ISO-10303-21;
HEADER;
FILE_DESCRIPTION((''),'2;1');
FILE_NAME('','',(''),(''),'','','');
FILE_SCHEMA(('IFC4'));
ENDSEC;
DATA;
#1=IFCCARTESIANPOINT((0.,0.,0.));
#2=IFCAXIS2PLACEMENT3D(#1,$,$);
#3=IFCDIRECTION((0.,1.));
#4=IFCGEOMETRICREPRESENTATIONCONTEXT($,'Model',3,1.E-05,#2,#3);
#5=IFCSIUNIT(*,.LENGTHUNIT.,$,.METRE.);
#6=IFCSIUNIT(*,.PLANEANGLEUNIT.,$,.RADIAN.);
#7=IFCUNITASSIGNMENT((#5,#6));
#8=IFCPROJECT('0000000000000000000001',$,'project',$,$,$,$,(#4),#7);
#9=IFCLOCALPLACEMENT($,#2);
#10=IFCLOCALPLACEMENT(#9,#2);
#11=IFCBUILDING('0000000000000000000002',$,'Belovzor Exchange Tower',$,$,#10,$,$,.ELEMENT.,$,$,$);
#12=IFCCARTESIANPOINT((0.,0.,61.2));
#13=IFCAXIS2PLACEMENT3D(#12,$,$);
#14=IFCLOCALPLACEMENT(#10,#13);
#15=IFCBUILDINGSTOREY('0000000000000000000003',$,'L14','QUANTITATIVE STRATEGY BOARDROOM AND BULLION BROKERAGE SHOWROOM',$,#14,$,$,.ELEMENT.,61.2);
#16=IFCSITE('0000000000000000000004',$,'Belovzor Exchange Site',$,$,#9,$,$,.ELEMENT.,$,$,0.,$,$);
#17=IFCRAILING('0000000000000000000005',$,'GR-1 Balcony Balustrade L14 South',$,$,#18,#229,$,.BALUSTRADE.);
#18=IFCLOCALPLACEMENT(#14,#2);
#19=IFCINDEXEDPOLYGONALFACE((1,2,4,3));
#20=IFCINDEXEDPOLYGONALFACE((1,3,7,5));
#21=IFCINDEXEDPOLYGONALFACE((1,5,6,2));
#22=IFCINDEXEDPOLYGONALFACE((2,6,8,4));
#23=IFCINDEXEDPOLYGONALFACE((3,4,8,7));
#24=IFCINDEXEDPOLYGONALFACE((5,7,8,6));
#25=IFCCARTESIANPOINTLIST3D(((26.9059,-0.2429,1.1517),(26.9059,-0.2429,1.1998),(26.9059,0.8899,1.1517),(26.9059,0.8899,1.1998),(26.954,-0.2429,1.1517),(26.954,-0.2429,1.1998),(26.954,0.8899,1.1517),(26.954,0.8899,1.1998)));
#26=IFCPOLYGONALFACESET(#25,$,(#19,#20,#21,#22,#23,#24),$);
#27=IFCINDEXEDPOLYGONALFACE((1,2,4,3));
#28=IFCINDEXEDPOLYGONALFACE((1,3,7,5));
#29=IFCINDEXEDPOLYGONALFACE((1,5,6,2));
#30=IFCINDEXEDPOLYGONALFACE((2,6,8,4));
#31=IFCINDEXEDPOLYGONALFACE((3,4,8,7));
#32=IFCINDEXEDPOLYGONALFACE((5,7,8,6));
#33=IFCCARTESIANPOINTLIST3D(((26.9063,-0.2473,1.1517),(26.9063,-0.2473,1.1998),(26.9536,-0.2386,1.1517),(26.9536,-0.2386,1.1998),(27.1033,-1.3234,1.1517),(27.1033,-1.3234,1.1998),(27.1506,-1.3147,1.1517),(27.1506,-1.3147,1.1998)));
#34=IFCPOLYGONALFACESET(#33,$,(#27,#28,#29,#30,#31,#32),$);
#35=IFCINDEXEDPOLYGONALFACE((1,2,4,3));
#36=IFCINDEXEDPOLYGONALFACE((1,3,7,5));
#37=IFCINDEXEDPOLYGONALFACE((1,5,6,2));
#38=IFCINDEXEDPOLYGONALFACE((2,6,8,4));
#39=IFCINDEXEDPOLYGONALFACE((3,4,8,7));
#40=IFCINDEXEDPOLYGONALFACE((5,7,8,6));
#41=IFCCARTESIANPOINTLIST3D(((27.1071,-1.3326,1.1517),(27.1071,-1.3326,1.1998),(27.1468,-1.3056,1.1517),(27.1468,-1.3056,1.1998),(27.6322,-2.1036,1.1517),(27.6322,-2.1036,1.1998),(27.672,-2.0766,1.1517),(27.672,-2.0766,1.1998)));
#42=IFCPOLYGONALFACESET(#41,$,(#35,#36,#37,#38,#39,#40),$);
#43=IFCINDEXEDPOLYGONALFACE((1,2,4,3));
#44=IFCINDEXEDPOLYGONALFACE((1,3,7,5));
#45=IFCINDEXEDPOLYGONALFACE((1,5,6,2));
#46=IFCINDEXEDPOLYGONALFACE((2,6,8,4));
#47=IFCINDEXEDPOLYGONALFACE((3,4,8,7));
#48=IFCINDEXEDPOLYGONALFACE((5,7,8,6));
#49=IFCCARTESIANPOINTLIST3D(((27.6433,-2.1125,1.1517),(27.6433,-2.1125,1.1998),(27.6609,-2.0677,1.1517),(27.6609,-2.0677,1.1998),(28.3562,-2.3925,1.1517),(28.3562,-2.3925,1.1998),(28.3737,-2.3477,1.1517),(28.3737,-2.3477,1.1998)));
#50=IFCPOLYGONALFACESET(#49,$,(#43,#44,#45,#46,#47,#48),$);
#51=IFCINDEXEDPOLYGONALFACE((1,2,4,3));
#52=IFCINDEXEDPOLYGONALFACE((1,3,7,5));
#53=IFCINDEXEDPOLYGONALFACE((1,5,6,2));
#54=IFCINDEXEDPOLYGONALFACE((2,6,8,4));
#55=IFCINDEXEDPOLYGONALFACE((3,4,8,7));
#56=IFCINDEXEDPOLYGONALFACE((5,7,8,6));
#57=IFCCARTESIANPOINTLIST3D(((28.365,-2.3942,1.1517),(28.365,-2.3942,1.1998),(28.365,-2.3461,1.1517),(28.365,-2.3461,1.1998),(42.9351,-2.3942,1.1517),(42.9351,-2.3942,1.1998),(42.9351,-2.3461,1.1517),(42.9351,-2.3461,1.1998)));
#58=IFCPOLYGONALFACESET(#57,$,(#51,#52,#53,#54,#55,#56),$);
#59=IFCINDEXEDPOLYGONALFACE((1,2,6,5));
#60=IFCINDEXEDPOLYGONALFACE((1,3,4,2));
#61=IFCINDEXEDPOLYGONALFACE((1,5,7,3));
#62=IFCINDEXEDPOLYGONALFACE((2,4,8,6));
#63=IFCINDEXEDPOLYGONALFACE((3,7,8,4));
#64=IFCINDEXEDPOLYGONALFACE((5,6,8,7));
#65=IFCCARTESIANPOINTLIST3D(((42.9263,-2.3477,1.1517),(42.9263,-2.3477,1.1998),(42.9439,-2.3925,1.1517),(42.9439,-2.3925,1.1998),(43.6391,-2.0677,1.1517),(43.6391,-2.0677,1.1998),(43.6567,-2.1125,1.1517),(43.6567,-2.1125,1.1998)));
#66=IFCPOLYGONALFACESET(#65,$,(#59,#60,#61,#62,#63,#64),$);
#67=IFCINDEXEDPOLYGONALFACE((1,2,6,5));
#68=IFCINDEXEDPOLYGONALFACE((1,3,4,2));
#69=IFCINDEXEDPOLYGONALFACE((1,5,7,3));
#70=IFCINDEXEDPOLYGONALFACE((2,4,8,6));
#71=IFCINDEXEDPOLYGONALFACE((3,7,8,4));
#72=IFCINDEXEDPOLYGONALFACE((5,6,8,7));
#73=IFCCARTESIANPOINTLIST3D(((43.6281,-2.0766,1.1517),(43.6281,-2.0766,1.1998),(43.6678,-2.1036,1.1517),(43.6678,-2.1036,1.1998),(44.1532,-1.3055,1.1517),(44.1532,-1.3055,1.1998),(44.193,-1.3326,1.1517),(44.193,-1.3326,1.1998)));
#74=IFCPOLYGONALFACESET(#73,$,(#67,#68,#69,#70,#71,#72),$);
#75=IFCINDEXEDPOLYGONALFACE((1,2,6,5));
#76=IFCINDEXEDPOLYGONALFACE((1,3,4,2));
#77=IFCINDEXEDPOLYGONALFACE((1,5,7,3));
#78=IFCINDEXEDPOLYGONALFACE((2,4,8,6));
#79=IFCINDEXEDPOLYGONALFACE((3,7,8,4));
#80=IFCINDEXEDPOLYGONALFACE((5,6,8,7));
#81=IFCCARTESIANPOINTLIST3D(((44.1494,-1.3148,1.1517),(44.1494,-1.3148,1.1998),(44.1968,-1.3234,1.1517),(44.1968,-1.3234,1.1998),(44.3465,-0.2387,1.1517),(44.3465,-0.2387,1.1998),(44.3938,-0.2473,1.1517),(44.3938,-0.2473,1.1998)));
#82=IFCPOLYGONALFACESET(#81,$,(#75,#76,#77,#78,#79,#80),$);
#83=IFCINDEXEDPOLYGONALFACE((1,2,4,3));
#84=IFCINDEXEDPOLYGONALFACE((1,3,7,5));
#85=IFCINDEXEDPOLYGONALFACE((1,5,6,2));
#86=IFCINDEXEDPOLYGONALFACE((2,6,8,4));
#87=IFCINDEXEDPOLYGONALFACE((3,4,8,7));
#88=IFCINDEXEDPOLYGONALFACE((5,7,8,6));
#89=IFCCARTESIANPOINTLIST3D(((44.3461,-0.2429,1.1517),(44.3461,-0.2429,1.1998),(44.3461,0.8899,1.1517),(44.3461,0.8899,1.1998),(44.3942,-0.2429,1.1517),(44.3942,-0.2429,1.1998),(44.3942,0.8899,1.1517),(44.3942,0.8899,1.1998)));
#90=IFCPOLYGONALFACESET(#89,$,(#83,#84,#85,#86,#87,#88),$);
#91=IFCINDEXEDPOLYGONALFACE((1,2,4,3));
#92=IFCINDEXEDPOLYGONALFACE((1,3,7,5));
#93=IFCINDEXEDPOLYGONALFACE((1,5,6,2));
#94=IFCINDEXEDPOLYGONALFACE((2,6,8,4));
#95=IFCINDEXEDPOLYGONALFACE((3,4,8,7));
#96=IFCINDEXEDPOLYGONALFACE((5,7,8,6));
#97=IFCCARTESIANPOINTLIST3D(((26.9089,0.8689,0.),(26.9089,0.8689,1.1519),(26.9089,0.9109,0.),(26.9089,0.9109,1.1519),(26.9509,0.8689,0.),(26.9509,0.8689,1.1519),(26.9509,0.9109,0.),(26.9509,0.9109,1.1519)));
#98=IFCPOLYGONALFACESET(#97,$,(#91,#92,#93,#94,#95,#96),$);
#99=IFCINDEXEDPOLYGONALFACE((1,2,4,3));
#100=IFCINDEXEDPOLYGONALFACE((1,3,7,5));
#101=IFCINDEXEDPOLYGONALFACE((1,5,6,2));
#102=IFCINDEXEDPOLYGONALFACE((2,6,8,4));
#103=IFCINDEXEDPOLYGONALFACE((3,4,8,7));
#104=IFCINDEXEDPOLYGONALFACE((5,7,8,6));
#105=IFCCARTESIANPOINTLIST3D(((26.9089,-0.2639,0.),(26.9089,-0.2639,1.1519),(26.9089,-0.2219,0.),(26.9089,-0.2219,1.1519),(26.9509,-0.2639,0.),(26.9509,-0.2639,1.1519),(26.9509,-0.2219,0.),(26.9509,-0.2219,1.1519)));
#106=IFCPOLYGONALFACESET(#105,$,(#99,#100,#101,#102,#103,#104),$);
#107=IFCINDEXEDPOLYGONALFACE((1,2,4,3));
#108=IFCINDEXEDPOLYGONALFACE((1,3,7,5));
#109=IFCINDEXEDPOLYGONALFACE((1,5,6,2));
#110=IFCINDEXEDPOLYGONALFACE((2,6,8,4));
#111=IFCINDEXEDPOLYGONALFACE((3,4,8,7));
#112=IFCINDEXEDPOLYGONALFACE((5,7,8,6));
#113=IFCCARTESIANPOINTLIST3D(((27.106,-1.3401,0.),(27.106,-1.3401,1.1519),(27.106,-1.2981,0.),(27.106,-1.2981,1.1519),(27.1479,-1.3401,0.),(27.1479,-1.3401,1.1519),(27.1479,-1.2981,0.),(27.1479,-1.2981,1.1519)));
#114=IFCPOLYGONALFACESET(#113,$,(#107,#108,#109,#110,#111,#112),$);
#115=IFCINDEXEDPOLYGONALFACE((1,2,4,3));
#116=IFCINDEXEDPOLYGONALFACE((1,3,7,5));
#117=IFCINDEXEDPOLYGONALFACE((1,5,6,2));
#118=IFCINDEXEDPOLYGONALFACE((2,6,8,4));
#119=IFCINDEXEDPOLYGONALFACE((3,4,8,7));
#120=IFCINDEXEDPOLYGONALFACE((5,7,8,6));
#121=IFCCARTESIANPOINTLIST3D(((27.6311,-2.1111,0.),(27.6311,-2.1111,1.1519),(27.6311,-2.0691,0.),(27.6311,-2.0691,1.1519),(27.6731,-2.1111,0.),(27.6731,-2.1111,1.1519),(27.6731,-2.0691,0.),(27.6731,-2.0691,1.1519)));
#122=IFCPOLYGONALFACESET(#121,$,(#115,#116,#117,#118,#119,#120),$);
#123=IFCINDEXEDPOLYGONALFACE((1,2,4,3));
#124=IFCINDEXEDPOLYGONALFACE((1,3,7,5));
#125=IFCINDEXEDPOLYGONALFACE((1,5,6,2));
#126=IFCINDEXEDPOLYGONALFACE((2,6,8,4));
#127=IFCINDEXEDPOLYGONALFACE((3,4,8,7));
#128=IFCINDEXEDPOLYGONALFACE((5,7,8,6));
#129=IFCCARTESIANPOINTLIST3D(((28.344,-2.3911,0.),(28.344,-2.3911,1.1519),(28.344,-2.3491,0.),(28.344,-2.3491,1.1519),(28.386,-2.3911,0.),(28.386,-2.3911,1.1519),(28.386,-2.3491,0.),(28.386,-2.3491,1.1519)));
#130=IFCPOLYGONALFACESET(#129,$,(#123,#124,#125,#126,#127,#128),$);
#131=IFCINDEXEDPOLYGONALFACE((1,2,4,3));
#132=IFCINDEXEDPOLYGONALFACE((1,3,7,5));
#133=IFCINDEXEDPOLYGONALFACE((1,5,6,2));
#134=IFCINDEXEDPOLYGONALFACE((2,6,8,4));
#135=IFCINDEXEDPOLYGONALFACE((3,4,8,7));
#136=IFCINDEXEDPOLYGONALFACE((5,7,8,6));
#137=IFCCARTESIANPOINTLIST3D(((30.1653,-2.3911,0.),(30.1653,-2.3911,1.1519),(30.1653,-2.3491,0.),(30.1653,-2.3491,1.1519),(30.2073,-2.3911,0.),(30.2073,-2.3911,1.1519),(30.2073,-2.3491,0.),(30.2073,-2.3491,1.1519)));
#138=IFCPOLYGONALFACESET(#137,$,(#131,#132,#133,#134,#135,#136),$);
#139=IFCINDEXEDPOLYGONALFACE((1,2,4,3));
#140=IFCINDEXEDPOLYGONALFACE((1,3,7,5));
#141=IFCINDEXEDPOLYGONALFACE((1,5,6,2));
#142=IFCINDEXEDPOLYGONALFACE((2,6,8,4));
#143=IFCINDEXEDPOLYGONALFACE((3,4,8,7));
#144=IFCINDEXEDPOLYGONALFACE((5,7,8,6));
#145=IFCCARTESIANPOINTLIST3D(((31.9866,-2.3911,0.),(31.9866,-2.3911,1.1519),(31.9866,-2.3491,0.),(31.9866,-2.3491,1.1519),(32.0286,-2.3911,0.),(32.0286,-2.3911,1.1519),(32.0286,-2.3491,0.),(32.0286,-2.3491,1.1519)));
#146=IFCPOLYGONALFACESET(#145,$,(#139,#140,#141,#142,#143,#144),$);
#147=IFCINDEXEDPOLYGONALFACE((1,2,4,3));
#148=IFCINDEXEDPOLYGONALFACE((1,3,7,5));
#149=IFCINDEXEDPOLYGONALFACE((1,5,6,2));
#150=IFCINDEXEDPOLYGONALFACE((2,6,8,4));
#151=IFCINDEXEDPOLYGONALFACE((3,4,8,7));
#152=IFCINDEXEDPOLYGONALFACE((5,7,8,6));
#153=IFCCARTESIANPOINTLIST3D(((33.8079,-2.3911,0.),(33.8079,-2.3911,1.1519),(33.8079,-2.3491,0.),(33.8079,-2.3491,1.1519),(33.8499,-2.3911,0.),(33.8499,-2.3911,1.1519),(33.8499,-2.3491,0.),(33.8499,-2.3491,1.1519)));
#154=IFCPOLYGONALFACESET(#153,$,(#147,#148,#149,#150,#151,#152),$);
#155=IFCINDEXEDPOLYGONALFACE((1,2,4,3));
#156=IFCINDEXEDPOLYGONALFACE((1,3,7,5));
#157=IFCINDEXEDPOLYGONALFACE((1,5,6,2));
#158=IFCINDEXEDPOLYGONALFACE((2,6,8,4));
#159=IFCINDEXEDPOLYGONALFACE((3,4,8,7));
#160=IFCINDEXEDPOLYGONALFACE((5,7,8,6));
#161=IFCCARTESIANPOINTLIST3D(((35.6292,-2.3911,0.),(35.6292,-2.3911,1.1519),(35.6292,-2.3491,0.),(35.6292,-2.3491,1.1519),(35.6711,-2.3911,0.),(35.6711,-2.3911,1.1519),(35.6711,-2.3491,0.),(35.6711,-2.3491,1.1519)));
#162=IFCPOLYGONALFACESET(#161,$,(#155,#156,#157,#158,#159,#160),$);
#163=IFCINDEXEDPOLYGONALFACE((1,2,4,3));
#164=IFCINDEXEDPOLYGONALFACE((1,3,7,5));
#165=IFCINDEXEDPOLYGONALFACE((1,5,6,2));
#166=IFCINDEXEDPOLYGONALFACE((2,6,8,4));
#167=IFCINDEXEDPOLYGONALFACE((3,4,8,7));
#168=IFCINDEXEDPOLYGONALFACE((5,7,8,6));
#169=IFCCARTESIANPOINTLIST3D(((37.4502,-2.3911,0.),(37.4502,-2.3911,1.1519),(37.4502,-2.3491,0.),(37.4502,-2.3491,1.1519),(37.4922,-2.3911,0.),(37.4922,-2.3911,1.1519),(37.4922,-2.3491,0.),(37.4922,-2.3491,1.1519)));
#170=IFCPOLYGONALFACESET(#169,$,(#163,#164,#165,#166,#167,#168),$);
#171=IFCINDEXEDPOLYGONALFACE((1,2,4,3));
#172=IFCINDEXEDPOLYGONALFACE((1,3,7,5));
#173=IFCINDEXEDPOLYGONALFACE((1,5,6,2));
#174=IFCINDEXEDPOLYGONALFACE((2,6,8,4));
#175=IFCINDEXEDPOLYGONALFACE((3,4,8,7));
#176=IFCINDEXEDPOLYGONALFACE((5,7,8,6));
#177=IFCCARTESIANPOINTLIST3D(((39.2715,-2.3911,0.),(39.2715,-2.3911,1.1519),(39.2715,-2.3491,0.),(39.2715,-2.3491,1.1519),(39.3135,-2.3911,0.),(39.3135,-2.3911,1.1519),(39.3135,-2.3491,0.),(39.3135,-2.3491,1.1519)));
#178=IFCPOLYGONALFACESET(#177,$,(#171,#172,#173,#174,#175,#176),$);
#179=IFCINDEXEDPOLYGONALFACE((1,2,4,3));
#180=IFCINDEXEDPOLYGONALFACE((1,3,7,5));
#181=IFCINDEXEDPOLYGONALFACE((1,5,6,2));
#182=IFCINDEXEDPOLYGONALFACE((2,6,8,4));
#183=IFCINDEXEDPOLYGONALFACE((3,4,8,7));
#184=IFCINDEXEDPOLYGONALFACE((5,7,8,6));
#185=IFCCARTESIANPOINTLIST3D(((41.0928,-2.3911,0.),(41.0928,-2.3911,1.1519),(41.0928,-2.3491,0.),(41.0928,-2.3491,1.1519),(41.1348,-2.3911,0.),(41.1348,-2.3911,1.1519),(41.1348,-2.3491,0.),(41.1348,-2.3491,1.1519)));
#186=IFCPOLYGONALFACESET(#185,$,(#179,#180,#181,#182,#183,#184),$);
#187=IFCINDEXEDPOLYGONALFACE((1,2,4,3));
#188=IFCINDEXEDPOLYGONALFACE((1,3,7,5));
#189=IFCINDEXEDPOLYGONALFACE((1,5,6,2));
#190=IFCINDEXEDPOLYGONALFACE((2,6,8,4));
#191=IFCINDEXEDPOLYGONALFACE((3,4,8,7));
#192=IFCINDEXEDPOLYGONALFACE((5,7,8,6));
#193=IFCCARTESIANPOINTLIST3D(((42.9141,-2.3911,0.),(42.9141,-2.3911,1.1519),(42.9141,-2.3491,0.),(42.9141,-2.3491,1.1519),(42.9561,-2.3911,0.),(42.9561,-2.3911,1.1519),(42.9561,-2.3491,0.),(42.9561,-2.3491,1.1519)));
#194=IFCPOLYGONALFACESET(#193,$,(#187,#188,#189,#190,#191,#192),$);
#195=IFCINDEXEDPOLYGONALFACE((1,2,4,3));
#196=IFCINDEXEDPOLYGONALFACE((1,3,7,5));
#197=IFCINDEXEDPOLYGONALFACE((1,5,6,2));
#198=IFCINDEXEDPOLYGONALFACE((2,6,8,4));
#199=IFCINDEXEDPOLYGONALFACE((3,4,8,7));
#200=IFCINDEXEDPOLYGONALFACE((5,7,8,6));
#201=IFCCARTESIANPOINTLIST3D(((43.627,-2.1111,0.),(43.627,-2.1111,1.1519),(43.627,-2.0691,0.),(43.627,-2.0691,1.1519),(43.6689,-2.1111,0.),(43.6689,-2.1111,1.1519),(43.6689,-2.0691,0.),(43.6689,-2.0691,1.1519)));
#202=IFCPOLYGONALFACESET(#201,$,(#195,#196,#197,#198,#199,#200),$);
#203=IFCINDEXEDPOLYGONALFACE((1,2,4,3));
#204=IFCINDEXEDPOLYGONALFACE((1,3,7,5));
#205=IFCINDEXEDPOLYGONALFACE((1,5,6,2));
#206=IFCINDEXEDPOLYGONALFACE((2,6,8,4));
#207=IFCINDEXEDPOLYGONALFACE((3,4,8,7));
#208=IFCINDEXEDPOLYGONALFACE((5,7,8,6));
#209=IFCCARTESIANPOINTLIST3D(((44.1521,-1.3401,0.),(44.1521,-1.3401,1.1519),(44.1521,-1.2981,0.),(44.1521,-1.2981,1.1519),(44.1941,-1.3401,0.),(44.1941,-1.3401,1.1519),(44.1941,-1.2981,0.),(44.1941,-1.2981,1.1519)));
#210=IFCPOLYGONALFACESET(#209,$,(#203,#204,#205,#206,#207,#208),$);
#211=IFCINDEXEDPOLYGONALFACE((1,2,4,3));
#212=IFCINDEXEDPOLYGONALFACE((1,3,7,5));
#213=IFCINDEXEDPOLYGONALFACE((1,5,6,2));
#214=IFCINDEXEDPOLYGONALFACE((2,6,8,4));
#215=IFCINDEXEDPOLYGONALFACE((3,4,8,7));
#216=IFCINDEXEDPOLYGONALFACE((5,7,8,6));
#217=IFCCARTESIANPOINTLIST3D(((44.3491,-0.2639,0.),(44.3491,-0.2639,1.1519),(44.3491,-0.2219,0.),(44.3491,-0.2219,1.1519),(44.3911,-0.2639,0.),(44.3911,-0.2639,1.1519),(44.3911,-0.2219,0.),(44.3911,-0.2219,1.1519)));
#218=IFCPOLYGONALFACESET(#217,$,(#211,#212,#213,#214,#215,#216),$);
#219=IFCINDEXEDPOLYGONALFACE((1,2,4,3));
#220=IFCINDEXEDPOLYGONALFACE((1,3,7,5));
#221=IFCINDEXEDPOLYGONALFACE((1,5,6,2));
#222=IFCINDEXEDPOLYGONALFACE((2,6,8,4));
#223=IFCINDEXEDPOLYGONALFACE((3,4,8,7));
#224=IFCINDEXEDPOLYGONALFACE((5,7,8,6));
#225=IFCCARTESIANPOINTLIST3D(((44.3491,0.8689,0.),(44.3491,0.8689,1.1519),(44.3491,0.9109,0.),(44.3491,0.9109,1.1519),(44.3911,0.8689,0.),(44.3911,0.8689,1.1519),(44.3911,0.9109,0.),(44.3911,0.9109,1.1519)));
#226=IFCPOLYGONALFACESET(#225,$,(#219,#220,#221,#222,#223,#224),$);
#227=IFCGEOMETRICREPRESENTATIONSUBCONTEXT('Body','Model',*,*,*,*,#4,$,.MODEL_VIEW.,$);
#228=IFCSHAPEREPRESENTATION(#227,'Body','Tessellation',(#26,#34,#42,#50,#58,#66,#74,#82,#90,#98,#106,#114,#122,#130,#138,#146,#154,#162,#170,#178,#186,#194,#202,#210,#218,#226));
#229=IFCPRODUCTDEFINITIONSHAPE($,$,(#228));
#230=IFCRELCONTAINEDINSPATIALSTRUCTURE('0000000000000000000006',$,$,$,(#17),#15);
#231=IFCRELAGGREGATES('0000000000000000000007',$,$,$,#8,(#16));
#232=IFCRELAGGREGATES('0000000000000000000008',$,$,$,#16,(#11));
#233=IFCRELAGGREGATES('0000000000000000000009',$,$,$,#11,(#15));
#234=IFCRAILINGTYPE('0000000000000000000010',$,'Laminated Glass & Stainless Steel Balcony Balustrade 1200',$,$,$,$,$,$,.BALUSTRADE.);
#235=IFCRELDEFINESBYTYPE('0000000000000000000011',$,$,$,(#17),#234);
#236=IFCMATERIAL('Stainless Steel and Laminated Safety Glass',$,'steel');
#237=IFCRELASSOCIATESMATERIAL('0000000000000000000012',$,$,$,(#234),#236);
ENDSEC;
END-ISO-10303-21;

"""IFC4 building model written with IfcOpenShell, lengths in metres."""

from ifc_helpers import new_model, si_unit, direction, frame, origin, origin_2d, place, context, subcontext, project, spatial, rectangle, extrude, material, type_object, element, save


model = new_model("IFC4")

# Units and contexts
model_context = context("Model", 3, precision=1e-05, world=origin(), true_north=direction((0.0, 1.0)))
body_context = subcontext(model_context, "Body", "Model", "MODEL_VIEW")
ifc_project = project(units=[si_unit("LENGTHUNIT", "METRE"), si_unit("PLANEANGLEUNIT", "RADIAN")], contexts=[model_context])

# Site, building, storey
site_placement = place(None, origin())
site = spatial("IfcSite", under=ifc_project, at=site_placement, Name="Belovzor Exchange Site", CompositionType="ELEMENT", RefElevation=0.0)
building_placement = place(site_placement, origin())
building = spatial("IfcBuilding", under=site, at=building_placement, Name="Belovzor Exchange Tower", CompositionType="ELEMENT")
storey_placement = place(building_placement, frame((0.0, 0.0, 61.2)))
storey = spatial("IfcBuildingStorey", under=building, at=storey_placement, Name="L14", Description="QUANTITATIVE STRATEGY BOARDROOM AND BULLION BROKERAGE SHOWROOM", CompositionType="ELEMENT", Elevation=61.2)

# Railing
ifc_material_1 = material(Name="Stainless Steel and Laminated Safety Glass", Category="steel")
railing_type = type_object("IfcRailingType", Name="Laminated Glass & Stainless Steel Balcony Balustrade 1200", PredefinedType="BALUSTRADE", material=ifc_material_1)
railing_placement = place(storey_placement, frame((26.9299, 0.8899, 0.0)))
element("IfcRailing", 1, at=railing_placement, inside=storey, type_object=railing_type, Name="GR-1 Balcony Balustrade L14 South", PredefinedType="BALUSTRADE", context=body_context, shape_type="SweptSolid", body=[
    extrude(rectangle(XDim=0.0481, YDim=0.0481, at=origin_2d()), frame((0.0, 0.0, 1.1758), z_axis=(0.0, -1.0, 0.0), x_axis=(1.0, 0.0, 0.0)), (0.0, 0.0, 1.0), 1.1328),
    extrude(rectangle(XDim=0.0481, YDim=0.0481, at=origin_2d()), frame((0.0, -1.1328, 1.1758), z_axis=(0.180083, -0.983651, 0.0), x_axis=(0.983651, 0.180083, 0.0)), (0.0, 0.0, 1.0), 1.094),
    extrude(rectangle(XDim=0.0481, YDim=0.0481, at=origin_2d()), frame((0.197, -2.209, 1.1758), z_axis=(0.562947, -0.826493, 0.0), x_axis=(0.826493, 0.562947, 0.0)), (0.0, 0.0, 1.0), 0.9329),
    extrude(rectangle(XDim=0.0481, YDim=0.0481, at=origin_2d()), frame((0.7222, -2.98, 1.1758), z_axis=(0.930767, -0.365613, 0.0), x_axis=(0.365613, 0.930767, 0.0)), (0.0, 0.0, 1.0), 0.7659),
    extrude(rectangle(XDim=0.0481, YDim=0.0481, at=origin_2d()), frame((1.4351, -3.26, 1.1758), z_axis=(1.0, 0.0, 0.0), x_axis=(0.0, 1.0, 0.0)), (0.0, 0.0, 1.0), 14.5701),
    extrude(rectangle(XDim=0.0481, YDim=0.0481, at=origin_2d()), frame((16.0051, -3.26, 1.1758), z_axis=(0.930767, 0.365613, 0.0), x_axis=(-0.365613, 0.930767, 0.0)), (0.0, 0.0, 1.0), 0.7659),
    extrude(rectangle(XDim=0.0481, YDim=0.0481, at=origin_2d()), frame((16.718, -2.98, 1.1758), z_axis=(0.562947, 0.826493, 0.0), x_axis=(-0.826493, 0.562947, 0.0)), (0.0, 0.0, 1.0), 0.9329),
    extrude(rectangle(XDim=0.0481, YDim=0.0481, at=origin_2d()), frame((17.2432, -2.209, 1.1758), z_axis=(0.180083, 0.983651, 0.0), x_axis=(-0.983651, 0.180083, 0.0)), (0.0, 0.0, 1.0), 1.094),
    extrude(rectangle(XDim=0.0481, YDim=0.0481, at=origin_2d()), frame((17.4402, -1.1328, 1.1758), z_axis=(0.0, 1.0, 0.0), x_axis=(-1.0, 0.0, 0.0)), (0.0, 0.0, 1.0), 1.1328),
    extrude(rectangle(XDim=0.042, YDim=0.042, at=origin_2d()), origin(), (0.0, 0.0, 1.0), 1.1519),
    extrude(rectangle(XDim=0.042, YDim=0.042, at=origin_2d()), frame((0.0, -1.1328, 0.0)), (0.0, 0.0, 1.0), 1.1519),
    extrude(rectangle(XDim=0.042, YDim=0.042, at=origin_2d()), frame((0.197, -2.209, 0.0)), (0.0, 0.0, 1.0), 1.1519),
    extrude(rectangle(XDim=0.042, YDim=0.042, at=origin_2d()), frame((0.7222, -2.98, 0.0)), (0.0, 0.0, 1.0), 1.1519),
    extrude(rectangle(XDim=0.042, YDim=0.042, at=origin_2d()), frame((1.4351, -3.26, 0.0)), (0.0, 0.0, 1.0), 1.1519),
    extrude(rectangle(XDim=0.042, YDim=0.042, at=origin_2d()), frame((3.2563, -3.26, 0.0)), (0.0, 0.0, 1.0), 1.1519),
    extrude(rectangle(XDim=0.042, YDim=0.042, at=origin_2d()), frame((5.0776, -3.26, 0.0)), (0.0, 0.0, 1.0), 1.1519),
    extrude(rectangle(XDim=0.042, YDim=0.042, at=origin_2d()), frame((6.8989, -3.26, 0.0)), (0.0, 0.0, 1.0), 1.1519),
    extrude(rectangle(XDim=0.042, YDim=0.042, at=origin_2d()), frame((8.7202, -3.26, 0.0)), (0.0, 0.0, 1.0), 1.1519),
    extrude(rectangle(XDim=0.042, YDim=0.042, at=origin_2d()), frame((10.5413, -3.26, 0.0)), (0.0, 0.0, 1.0), 1.1519),
    extrude(rectangle(XDim=0.042, YDim=0.042, at=origin_2d()), frame((12.3625, -3.26, 0.0)), (0.0, 0.0, 1.0), 1.1519),
    extrude(rectangle(XDim=0.042, YDim=0.042, at=origin_2d()), frame((14.1838, -3.26, 0.0)), (0.0, 0.0, 1.0), 1.1519),
    extrude(rectangle(XDim=0.042, YDim=0.042, at=origin_2d()), frame((16.0051, -3.26, 0.0)), (0.0, 0.0, 1.0), 1.1519),
    extrude(rectangle(XDim=0.042, YDim=0.042, at=origin_2d()), frame((16.718, -2.98, 0.0)), (0.0, 0.0, 1.0), 1.1519),
    extrude(rectangle(XDim=0.042, YDim=0.042, at=origin_2d()), frame((17.2432, -2.209, 0.0)), (0.0, 0.0, 1.0), 1.1519),
    extrude(rectangle(XDim=0.042, YDim=0.042, at=origin_2d()), frame((17.4402, -1.1328, 0.0)), (0.0, 0.0, 1.0), 1.1519),
    extrude(rectangle(XDim=0.042, YDim=0.042, at=origin_2d()), frame((17.4402, 0.0, 0.0)), (0.0, 0.0, 1.0), 1.1519),
])

save(model, "model.ifc")
